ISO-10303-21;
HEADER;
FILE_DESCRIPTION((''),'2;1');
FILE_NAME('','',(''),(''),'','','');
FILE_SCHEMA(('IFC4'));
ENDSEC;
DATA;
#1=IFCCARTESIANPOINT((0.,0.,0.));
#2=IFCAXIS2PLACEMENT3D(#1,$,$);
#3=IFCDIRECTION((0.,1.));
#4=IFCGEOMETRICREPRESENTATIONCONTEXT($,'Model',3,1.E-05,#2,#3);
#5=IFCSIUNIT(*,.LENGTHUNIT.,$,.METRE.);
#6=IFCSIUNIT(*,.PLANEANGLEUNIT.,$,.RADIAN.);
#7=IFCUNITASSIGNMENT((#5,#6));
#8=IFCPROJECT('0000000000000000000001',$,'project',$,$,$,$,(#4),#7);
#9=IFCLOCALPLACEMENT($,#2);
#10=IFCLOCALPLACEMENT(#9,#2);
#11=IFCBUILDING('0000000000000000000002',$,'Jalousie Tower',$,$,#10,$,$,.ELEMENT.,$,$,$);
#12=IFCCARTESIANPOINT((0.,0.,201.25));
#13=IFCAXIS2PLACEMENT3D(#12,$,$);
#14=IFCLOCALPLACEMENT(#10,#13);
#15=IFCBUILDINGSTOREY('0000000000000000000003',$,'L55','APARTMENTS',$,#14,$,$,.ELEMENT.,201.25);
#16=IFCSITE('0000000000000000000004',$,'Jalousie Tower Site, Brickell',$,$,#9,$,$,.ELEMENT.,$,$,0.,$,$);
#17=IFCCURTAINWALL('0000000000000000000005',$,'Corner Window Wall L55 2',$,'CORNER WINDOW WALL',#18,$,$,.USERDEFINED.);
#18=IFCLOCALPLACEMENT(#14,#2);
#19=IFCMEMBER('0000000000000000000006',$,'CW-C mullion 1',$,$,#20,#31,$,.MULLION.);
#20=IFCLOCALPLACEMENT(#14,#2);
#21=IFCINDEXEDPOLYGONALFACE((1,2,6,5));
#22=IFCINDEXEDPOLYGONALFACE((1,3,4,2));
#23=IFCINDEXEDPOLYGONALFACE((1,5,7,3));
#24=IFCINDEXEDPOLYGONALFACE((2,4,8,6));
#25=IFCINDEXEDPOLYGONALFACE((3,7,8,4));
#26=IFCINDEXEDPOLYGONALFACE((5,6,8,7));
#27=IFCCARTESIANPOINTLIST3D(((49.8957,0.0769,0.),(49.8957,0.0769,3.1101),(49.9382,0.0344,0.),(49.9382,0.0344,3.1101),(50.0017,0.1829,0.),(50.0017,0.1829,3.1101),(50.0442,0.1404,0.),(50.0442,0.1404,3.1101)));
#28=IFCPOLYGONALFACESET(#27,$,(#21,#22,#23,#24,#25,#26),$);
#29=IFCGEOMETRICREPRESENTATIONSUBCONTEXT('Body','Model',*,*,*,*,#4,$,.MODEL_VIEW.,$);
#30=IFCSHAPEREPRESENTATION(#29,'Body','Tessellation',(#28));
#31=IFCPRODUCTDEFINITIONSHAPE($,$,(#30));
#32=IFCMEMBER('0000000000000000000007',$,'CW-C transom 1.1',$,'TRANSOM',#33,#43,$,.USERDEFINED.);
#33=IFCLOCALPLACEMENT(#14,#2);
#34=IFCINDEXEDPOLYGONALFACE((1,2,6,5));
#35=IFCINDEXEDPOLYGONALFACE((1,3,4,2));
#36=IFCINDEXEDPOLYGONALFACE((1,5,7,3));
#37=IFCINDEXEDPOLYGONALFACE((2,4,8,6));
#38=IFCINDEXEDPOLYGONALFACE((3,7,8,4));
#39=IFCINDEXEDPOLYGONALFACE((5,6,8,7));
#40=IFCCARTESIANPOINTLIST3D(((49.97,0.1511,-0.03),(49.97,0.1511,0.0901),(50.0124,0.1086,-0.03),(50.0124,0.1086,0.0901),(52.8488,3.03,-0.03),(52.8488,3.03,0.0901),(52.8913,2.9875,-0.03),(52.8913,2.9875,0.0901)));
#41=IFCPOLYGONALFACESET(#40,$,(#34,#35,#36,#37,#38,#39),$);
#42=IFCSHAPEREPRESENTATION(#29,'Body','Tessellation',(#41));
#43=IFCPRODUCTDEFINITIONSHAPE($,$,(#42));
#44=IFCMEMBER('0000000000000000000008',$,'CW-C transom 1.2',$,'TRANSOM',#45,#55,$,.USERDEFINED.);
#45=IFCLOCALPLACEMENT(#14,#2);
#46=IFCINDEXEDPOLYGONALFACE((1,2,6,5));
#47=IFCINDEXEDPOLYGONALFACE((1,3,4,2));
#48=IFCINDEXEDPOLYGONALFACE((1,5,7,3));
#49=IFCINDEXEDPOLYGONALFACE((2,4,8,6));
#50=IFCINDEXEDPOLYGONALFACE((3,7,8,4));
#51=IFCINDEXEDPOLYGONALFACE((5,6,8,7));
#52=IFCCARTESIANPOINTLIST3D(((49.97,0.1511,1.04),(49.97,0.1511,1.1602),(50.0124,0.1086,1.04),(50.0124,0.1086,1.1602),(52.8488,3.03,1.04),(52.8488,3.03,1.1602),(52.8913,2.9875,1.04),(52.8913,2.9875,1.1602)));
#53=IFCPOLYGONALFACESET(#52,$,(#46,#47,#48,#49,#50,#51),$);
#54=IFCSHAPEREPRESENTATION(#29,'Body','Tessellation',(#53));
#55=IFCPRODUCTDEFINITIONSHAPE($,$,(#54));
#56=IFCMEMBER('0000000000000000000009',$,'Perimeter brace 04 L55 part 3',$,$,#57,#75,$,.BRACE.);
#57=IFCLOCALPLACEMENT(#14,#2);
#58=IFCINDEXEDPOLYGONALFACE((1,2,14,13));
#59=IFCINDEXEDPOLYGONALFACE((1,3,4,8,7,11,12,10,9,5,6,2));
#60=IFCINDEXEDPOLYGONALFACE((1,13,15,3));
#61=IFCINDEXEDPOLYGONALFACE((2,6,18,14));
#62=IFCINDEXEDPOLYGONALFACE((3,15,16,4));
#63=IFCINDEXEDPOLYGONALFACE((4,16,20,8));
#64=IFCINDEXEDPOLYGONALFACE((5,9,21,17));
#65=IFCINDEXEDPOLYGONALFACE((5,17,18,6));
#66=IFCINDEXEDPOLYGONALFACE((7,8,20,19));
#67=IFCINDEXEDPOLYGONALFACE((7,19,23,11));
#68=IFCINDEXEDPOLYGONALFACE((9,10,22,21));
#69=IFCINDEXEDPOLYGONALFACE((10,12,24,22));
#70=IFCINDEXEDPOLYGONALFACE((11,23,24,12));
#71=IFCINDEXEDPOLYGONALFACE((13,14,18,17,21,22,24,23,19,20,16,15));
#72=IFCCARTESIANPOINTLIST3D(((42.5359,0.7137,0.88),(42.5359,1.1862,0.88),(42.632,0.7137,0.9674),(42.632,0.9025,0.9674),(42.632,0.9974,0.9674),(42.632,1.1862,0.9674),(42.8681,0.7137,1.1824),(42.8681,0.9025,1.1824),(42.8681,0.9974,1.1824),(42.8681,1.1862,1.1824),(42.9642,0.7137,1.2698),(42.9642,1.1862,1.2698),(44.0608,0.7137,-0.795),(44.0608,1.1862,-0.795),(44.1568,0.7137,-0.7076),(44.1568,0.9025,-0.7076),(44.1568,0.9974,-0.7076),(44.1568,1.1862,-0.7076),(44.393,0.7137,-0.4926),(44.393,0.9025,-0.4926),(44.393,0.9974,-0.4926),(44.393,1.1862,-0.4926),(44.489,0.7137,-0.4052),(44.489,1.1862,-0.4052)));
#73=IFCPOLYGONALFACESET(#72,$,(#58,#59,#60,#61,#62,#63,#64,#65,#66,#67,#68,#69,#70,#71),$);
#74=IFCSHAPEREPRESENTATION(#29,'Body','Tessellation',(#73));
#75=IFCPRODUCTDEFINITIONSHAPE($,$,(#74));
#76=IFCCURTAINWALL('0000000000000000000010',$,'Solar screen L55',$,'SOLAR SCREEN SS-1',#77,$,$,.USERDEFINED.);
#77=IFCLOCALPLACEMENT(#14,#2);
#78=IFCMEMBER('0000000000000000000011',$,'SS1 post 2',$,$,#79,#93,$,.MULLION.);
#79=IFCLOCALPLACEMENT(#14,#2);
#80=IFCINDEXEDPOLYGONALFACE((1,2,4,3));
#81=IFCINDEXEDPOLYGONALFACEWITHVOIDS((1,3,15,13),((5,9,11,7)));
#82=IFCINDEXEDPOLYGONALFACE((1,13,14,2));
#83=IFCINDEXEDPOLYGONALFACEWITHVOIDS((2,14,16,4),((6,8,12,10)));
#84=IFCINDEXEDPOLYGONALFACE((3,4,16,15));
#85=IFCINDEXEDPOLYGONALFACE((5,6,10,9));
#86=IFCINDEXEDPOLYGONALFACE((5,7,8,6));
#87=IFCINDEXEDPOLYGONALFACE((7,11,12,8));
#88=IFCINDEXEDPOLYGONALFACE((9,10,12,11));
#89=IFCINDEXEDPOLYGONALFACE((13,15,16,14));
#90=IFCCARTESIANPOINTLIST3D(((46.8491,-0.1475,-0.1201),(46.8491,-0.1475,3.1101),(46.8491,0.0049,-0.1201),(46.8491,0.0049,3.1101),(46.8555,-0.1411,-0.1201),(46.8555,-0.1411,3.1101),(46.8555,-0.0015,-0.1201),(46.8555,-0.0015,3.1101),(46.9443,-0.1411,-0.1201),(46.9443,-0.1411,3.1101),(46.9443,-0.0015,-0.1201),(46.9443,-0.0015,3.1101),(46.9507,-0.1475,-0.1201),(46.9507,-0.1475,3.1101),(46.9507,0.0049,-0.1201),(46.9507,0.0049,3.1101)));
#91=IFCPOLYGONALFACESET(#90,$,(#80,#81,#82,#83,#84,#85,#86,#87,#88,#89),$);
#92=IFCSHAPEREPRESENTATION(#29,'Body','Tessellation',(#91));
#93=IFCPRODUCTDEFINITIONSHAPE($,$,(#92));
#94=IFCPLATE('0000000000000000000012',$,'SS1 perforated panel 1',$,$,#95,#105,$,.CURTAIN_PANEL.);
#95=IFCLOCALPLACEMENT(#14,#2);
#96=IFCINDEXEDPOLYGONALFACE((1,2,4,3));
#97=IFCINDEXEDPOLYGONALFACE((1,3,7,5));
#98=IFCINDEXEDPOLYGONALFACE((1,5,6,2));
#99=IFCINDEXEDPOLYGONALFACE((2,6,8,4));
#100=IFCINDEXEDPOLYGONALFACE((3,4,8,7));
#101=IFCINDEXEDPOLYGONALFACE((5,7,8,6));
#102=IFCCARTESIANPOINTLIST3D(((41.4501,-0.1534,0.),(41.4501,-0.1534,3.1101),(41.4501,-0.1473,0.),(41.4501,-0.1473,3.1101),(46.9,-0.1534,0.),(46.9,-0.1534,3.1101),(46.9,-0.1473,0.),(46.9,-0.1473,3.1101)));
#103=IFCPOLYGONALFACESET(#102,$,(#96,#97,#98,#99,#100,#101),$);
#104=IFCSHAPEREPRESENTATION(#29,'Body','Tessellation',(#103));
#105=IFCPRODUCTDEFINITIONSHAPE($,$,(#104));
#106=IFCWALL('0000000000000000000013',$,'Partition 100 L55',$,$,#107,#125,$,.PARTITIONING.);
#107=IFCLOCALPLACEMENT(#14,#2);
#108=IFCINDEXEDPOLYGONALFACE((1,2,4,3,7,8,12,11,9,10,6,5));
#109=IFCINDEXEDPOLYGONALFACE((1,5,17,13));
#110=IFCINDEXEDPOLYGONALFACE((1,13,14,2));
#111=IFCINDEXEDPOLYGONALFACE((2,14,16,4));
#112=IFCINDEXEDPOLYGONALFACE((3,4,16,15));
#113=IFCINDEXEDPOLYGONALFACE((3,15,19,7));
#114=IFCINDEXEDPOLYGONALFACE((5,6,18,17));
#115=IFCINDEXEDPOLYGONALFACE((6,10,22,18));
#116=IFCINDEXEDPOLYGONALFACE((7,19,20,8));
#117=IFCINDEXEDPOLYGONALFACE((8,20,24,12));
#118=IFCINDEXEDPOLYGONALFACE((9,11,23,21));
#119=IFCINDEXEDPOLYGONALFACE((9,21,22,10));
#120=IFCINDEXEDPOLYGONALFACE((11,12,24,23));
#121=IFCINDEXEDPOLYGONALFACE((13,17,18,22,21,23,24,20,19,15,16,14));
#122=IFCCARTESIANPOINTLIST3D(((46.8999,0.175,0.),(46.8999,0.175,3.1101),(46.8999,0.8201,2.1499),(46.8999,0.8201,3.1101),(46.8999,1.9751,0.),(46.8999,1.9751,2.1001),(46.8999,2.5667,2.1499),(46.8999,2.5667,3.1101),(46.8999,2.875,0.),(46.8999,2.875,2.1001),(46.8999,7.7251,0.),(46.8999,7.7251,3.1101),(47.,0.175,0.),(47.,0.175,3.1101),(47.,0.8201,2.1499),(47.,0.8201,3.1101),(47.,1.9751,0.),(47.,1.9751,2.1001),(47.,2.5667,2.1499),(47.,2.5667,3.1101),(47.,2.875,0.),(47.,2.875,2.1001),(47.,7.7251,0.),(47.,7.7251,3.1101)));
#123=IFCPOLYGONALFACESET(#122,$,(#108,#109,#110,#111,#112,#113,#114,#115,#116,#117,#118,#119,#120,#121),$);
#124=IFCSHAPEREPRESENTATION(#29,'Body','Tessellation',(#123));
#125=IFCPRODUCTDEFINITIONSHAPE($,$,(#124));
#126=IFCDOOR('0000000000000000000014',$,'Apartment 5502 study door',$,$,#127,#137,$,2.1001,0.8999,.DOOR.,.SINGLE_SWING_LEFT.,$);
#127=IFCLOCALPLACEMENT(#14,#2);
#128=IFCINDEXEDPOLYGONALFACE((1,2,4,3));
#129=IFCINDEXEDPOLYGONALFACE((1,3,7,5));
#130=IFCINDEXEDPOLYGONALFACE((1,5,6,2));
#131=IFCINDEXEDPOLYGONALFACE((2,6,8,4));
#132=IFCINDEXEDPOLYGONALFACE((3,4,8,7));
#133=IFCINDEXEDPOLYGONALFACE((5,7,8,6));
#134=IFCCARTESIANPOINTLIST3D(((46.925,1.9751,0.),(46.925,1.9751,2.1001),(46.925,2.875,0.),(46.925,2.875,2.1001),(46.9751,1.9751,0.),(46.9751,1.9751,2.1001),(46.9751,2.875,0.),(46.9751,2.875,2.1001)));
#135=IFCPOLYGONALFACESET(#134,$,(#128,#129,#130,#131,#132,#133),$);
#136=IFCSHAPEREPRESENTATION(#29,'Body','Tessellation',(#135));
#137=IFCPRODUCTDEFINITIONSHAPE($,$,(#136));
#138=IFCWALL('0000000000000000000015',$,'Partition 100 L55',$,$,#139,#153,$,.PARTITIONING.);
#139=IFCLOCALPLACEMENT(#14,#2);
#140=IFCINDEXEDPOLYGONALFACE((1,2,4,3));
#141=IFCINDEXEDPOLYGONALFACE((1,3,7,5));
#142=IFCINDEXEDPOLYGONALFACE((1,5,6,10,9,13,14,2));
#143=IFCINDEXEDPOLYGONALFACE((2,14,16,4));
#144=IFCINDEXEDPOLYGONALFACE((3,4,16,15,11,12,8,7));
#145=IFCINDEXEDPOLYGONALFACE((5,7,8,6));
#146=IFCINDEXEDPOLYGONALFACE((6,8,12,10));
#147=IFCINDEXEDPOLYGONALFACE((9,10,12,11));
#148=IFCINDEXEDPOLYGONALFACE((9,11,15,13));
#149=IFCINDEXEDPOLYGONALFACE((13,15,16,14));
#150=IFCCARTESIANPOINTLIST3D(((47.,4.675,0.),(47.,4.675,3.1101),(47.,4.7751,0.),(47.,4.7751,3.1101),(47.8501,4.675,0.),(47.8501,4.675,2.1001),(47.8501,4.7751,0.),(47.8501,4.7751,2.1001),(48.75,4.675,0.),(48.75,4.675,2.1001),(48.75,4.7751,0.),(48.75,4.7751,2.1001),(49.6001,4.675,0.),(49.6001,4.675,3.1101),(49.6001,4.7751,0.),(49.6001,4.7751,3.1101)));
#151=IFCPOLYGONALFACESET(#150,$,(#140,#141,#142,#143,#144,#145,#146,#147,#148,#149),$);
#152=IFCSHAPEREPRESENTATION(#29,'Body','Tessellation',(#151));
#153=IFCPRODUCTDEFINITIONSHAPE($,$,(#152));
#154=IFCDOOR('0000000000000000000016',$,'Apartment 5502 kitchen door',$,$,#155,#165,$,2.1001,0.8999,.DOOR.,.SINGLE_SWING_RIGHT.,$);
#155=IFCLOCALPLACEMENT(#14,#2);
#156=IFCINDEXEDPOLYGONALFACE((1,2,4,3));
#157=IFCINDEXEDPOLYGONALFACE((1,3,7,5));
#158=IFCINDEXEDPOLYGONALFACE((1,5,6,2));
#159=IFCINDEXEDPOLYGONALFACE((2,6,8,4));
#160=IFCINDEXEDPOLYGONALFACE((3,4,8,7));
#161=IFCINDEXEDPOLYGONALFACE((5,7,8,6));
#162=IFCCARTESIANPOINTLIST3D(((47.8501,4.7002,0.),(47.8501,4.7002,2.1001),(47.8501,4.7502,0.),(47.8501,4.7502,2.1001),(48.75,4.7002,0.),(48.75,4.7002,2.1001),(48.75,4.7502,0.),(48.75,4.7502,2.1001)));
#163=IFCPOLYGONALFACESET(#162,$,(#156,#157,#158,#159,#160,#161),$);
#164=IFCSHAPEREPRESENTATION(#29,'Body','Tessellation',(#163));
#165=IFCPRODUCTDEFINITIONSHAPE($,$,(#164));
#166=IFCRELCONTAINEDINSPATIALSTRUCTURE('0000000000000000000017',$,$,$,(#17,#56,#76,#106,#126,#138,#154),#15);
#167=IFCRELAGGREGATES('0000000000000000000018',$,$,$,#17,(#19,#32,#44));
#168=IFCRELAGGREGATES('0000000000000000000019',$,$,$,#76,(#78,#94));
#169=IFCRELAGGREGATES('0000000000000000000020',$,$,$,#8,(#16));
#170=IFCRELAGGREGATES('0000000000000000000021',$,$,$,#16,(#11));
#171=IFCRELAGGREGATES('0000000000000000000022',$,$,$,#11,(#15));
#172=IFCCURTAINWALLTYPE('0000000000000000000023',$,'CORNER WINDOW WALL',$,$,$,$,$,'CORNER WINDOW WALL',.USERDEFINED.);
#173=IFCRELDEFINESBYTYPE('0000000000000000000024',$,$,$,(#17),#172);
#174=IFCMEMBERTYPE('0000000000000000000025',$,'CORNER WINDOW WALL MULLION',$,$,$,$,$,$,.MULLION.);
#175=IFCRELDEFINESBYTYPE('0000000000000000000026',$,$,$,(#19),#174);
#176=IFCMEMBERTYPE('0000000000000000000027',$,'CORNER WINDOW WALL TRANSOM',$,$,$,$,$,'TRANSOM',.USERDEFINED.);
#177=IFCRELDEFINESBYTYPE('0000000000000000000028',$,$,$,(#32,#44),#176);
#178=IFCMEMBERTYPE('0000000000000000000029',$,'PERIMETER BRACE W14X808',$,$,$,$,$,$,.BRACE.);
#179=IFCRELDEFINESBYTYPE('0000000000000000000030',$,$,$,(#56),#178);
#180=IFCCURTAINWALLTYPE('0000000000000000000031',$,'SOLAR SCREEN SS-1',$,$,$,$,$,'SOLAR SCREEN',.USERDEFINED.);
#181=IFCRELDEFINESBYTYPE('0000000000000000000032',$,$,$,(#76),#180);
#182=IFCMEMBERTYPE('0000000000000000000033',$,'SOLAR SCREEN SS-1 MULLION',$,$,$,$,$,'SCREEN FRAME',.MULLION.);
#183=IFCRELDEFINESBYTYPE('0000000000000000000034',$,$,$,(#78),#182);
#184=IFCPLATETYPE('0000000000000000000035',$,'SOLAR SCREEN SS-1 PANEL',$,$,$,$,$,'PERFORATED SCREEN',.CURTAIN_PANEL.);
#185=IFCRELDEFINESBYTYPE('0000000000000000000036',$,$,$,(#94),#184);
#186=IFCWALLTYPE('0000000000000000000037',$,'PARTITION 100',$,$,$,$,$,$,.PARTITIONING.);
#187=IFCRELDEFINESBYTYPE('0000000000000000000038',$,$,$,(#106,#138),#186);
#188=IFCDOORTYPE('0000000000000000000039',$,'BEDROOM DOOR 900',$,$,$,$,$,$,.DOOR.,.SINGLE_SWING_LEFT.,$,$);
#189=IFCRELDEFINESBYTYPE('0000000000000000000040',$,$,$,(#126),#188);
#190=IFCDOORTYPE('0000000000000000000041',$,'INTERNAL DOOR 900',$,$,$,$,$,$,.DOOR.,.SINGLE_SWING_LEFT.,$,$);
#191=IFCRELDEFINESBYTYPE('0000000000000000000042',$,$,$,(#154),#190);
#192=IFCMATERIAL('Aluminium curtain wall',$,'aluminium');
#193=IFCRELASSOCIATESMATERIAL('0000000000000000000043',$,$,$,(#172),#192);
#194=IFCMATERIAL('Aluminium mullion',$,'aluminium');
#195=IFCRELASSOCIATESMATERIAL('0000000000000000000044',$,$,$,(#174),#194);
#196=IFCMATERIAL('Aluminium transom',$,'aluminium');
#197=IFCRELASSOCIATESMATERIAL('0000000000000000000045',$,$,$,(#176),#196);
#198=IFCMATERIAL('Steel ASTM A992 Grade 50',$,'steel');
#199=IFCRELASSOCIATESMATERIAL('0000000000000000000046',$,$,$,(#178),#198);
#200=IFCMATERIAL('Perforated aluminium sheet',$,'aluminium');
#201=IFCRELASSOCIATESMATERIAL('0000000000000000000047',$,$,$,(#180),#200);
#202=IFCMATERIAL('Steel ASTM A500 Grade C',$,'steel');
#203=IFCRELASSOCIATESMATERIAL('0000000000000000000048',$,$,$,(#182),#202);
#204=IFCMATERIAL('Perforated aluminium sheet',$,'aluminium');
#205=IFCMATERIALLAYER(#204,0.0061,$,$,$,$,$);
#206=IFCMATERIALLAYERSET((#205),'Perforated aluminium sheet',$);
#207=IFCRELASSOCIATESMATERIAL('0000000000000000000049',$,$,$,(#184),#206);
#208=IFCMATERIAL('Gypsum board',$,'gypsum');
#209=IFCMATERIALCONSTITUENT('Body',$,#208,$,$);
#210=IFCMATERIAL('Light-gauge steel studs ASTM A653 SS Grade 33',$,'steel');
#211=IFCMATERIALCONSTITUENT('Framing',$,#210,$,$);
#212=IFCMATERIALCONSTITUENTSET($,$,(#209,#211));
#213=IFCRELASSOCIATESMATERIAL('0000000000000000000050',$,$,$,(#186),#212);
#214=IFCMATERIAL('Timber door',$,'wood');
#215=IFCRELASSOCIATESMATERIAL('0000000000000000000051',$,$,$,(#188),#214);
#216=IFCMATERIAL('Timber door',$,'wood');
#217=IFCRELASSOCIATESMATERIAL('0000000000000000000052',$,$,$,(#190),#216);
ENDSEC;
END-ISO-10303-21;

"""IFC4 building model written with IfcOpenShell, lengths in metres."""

from ifc_helpers import new_model, si_unit, direction, frame, frame_2d, origin, origin_2d, place, context, subcontext, project, spatial, polyline, rectangle, hollow_rectangle, i_section, outline, extrude, material, layer, layer_set, constituent, constituent_set, material_profile, profile_set, type_object, element, fill, aggregate, save


model = new_model("IFC4")

# Units and contexts
model_context = context("Model", 3, precision=1e-05, world=origin(), true_north=direction((0.0, 1.0)))
body_context = subcontext(model_context, "Body", "Model", "MODEL_VIEW")
ifc_project = project(units=[si_unit("LENGTHUNIT", "METRE"), si_unit("PLANEANGLEUNIT", "RADIAN")], contexts=[model_context])

# Site, building, storey
site_placement = place(None, origin())
site = spatial("IfcSite", under=ifc_project, at=site_placement, Name="Jalousie Tower Site, Brickell", CompositionType="ELEMENT", RefElevation=0.0)
building_placement = place(site_placement, origin())
building = spatial("IfcBuilding", under=site, at=building_placement, Name="Jalousie Tower", CompositionType="ELEMENT")
storey_placement = place(building_placement, frame((0.0, 0.0, 201.25)))
storey = spatial("IfcBuildingStorey", under=building, at=storey_placement, Name="L55", Description="APARTMENTS", CompositionType="ELEMENT", Elevation=201.25)

# Curtain wall, members
ifc_material_1 = material(Name="Aluminium curtain wall", Category="aluminium")
curtain_wall_type_1 = type_object("IfcCurtainWallType", Name="CORNER WINDOW WALL", ElementType="CORNER WINDOW WALL", PredefinedType="USERDEFINED", material=ifc_material_1)
curtain_wall_1_placement = place(storey_placement, origin())
curtain_wall_1 = element("IfcCurtainWall", 1, at=curtain_wall_1_placement, inside=storey, type_object=curtain_wall_type_1, Name="Corner Window Wall L55 2", ObjectType="CORNER WINDOW WALL", PredefinedType="USERDEFINED")
ifc_material_2 = material(Name="Aluminium mullion", Category="aluminium")
ifc_material_profile_1 = material_profile(ifc_material_2, rectangle(XDim=0.0601, YDim=0.1499, at=origin_2d()), Name="MULLION 60x150")
ifc_profile_set_1 = profile_set([ifc_material_profile_1], Name="Aluminium mullion")
member_type_1 = type_object("IfcMemberType", Name="CORNER WINDOW WALL MULLION", PredefinedType="MULLION", material=ifc_profile_set_1)
member_1_placement = place(storey_placement, frame((49.97, 0.1086, 0.0), z_axis=(0.0, 0.0, 1.0), x_axis=(-0.707107, 0.707107, 0.0)))
member_1 = element("IfcMember", 2, at=member_1_placement, type_object=member_type_1, Name="CW-C mullion 1", PredefinedType="MULLION", context=body_context, shape_type="SweptSolid", body=[
    extrude(rectangle(XDim=0.0601, YDim=0.1499, at=origin_2d()), origin(), (0.0, 0.0, 1.0), 3.1101),
])
ifc_material_3 = material(Name="Aluminium transom", Category="aluminium")
ifc_material_profile_2 = material_profile(ifc_material_3, rectangle(XDim=0.0601, YDim=0.1201, at=origin_2d()), Name="TRANSOM 60x120")
ifc_profile_set_2 = profile_set([ifc_material_profile_2], Name="Aluminium transom")
member_type_2 = type_object("IfcMemberType", Name="CORNER WINDOW WALL TRANSOM", ElementType="TRANSOM", PredefinedType="USERDEFINED", material=ifc_profile_set_2)
member_2_placement = place(storey_placement, frame((49.9912, 0.1299, 0.03), z_axis=(0.707107, 0.707107, 0.0), x_axis=(-0.707107, 0.707107, 0.0)))
member_2 = element("IfcMember", 3, at=member_2_placement, type_object=member_type_2, Name="CW-C transom 1.1", ObjectType="TRANSOM", PredefinedType="USERDEFINED", context=body_context, shape_type="SweptSolid", body=[
    extrude(rectangle(XDim=0.0601, YDim=0.1201, at=origin_2d()), origin(), (0.0, 0.0, 1.0), 4.0713),
])
member_3_placement = place(storey_placement, frame((49.9912, 0.1299, 1.1001), z_axis=(0.707107, 0.707107, 0.0), x_axis=(-0.707107, 0.707107, 0.0)))
member_3 = element("IfcMember", 4, at=member_3_placement, type_object=member_type_2, Name="CW-C transom 1.2", ObjectType="TRANSOM", PredefinedType="USERDEFINED", context=body_context, shape_type="SweptSolid", body=[
    extrude(rectangle(XDim=0.0601, YDim=0.1201, at=origin_2d()), origin(), (0.0, 0.0, 1.0), 4.0713),
])
aggregate(curtain_wall_1, [member_1, member_2, member_3])

# Member
ifc_material_4 = material(Name="Steel ASTM A992 Grade 50", Category="steel")
ifc_material_profile_3 = material_profile(ifc_material_4, i_section(OverallWidth=0.4724, OverallDepth=0.5791, WebThickness=0.095, FlangeThickness=0.1299, at=origin_2d()), Name="W14X808")
ifc_profile_set_3 = profile_set([ifc_material_profile_3], Name="Steel ASTM A992 Grade 50")
member_type_3 = type_object("IfcMemberType", Name="PERIMETER BRACE W14X808", PredefinedType="BRACE", material=ifc_profile_set_3)
member_4_placement = place(storey_placement, frame((44.2749, 0.95, -0.6001), z_axis=(-0.673188, 0.0, 0.739472), x_axis=(0.0, -1.0, 0.0)))
element("IfcMember", 5, at=member_4_placement, inside=storey, type_object=member_type_3, Name="Perimeter brace 04 L55 part 3", PredefinedType="BRACE", context=body_context, shape_type="SweptSolid", body=[
    extrude(i_section(OverallWidth=0.4724, OverallDepth=0.5791, WebThickness=0.095, FlangeThickness=0.1299, at=origin_2d()), origin(), (0.0, 0.0, 1.0), 2.2651),
])

# Curtain wall, member, plate
ifc_material_5 = material(Name="Perforated aluminium sheet", Category="aluminium")
curtain_wall_type_2 = type_object("IfcCurtainWallType", Name="SOLAR SCREEN SS-1", ElementType="SOLAR SCREEN", PredefinedType="USERDEFINED", material=ifc_material_5)
curtain_wall_2_placement = place(storey_placement, origin())
curtain_wall_2 = element("IfcCurtainWall", 6, at=curtain_wall_2_placement, inside=storey, type_object=curtain_wall_type_2, Name="Solar screen L55", ObjectType="SOLAR SCREEN SS-1", PredefinedType="USERDEFINED")
ifc_material_6 = material(Name="Steel ASTM A500 Grade C", Category="steel")
ifc_material_profile_4 = material_profile(ifc_material_6, hollow_rectangle(XDim=0.1016, YDim=0.1523, WallThickness=0.0063, at=origin_2d()), Name="HSS6X4X1/4")
ifc_profile_set_4 = profile_set([ifc_material_profile_4], Name="Steel ASTM A500 Grade C")
member_type_4 = type_object("IfcMemberType", Name="SOLAR SCREEN SS-1 MULLION", ElementType="SCREEN FRAME", PredefinedType="MULLION", material=ifc_profile_set_4)
member_5_placement = place(storey_placement, frame((46.8999, -0.0713, -0.1201), z_axis=(0.0, 0.0, 1.0), x_axis=(1.0, 0.0, 0.0)))
member_5 = element("IfcMember", 7, at=member_5_placement, type_object=member_type_4, Name="SS1 post 2", PredefinedType="MULLION", context=body_context, shape_type="SweptSolid", body=[
    extrude(hollow_rectangle(XDim=0.1016, YDim=0.1523, WallThickness=0.0063, at=origin_2d()), origin(), (0.0, 0.0, 1.0), 3.2302),
])
ifc_material_7 = material(Name="Perforated aluminium sheet", Category="aluminium")
ifc_layer = layer(ifc_material_7, 0.0061)
ifc_layer_set = layer_set([ifc_layer], Name="Perforated aluminium sheet")
plate_type = type_object("IfcPlateType", Name="SOLAR SCREEN SS-1 PANEL", ElementType="PERFORATED SCREEN", PredefinedType="CURTAIN_PANEL", material=ifc_layer_set)
plate_placement = place(storey_placement, frame((44.175, -0.1504, 0.0), z_axis=(0.0, 0.0, 1.0), x_axis=(1.0, 0.0, 0.0)))
plate = element("IfcPlate", 8, at=plate_placement, type_object=plate_type, Name="SS1 perforated panel 1", PredefinedType="CURTAIN_PANEL", context=body_context, shape_type="SweptSolid", body=[
    extrude(rectangle(XDim=5.45, YDim=0.0061, at=origin_2d()), origin(), (0.0, 0.0, 1.0), 3.1101),
])
aggregate(curtain_wall_2, [member_5, plate])

# Walls, openings, doors
ifc_material_8 = material(Name="Gypsum board", Category="gypsum")
ifc_constituent_1 = constituent(ifc_material_8, Name="Body")
ifc_material_9 = material(Name="Light-gauge steel studs ASTM A653 SS Grade 33", Category="steel")
ifc_constituent_2 = constituent(ifc_material_9, Name="Framing")
ifc_constituent_set = constituent_set(constituents=[ifc_constituent_1, ifc_constituent_2])
wall_type = type_object("IfcWallType", Name="PARTITION 100", PredefinedType="PARTITIONING", material=ifc_constituent_set)
wall_1_placement = place(storey_placement, frame((46.95, 0.175, 0.0), z_axis=(0.0, 0.0, 1.0), x_axis=(0.0, 1.0, 0.0)))
wall_1 = element("IfcWall", 9, at=wall_1_placement, inside=storey, type_object=wall_type, Name="Partition 100 L55", PredefinedType="PARTITIONING", context=body_context, shape_type="SweptSolid", body=[
    extrude(outline(polyline([(0.0, 0.0), (7.55, 0.0), (7.55, 3.1101), (2.3916, 3.1101), (2.3916, 2.1499), (0.645, 2.1499), (0.645, 3.1101), (0.0, 3.1101), (0.0, 0.0)])), frame((0.0, 0.05, 0.0), z_axis=(0.0, -1.0, 0.0), x_axis=(1.0, 0.0, 0.0)), (0.0, 0.0, 1.0), 0.1001),
])
opening_1_placement = place(wall_1_placement, frame((1.8, 0.0, 0.0)))
opening_1 = element("IfcOpeningElement", 10, at=opening_1_placement, cuts=wall_1, PredefinedType="OPENING", context=body_context, shape_type="SweptSolid", body=[
    extrude(rectangle(XDim=0.8999, YDim=2.1001, at=frame_2d((0.45, 1.05))), frame((0.0, 0.0601, 0.0), z_axis=(0.0, -1.0, 0.0), x_axis=(1.0, 0.0, 0.0)), (0.0, 0.0, 1.0), 0.1201),
])
ifc_material_10 = material(Name="Timber door", Category="wood")
door_type_1 = type_object("IfcDoorType", Name="BEDROOM DOOR 900", OperationType="SINGLE_SWING_LEFT", PredefinedType="DOOR", material=ifc_material_10)
door_1_placement = place(opening_1_placement, origin())
door_1 = element("IfcDoor", 11, at=door_1_placement, inside=storey, type_object=door_type_1, Name="Apartment 5502 study door", OperationType="SINGLE_SWING_LEFT", OverallHeight=2.1001, OverallWidth=0.8999, PredefinedType="DOOR", context=body_context, shape_type="SweptSolid", body=[
    extrude(rectangle(XDim=0.8999, YDim=2.1001, at=frame_2d((0.45, 1.05))), frame((0.0, 0.0249, 0.0), z_axis=(0.0, -1.0, 0.0), x_axis=(1.0, 0.0, 0.0)), (0.0, 0.0, 1.0), 0.05),
])
fill(opening_1, door_1)
wall_2_placement = place(storey_placement, frame((47.0, 4.7251, 0.0), z_axis=(0.0, 0.0, 1.0), x_axis=(1.0, 0.0, 0.0)))
wall_2 = element("IfcWall", 12, at=wall_2_placement, inside=storey, type_object=wall_type, Name="Partition 100 L55", PredefinedType="PARTITIONING", context=body_context, shape_type="SweptSolid", body=[
    extrude(rectangle(XDim=2.6001, YDim=0.1001, at=frame_2d((1.3, 0.0))), origin(), (0.0, 0.0, 1.0), 3.1101),
])
opening_2_placement = place(wall_2_placement, frame((0.8501, 0.0, 0.0)))
opening_2 = element("IfcOpeningElement", 13, at=opening_2_placement, cuts=wall_2, PredefinedType="OPENING", context=body_context, shape_type="SweptSolid", body=[
    extrude(rectangle(XDim=0.8999, YDim=2.1001, at=frame_2d((0.45, 1.05))), frame((0.0, 0.0601, 0.0), z_axis=(0.0, -1.0, 0.0), x_axis=(1.0, 0.0, 0.0)), (0.0, 0.0, 1.0), 0.1201),
])
ifc_material_11 = material(Name="Timber door", Category="wood")
door_type_2 = type_object("IfcDoorType", Name="INTERNAL DOOR 900", OperationType="SINGLE_SWING_LEFT", PredefinedType="DOOR", material=ifc_material_11)
door_2_placement = place(opening_2_placement, frame((0.8999, 0.0, 0.0), z_axis=(0.0, 0.0, 1.0), x_axis=(-1.0, 0.0, 0.0)))
door_2 = element("IfcDoor", 14, at=door_2_placement, inside=storey, type_object=door_type_2, Name="Apartment 5502 kitchen door", OperationType="SINGLE_SWING_RIGHT", OverallHeight=2.1001, OverallWidth=0.8999, PredefinedType="DOOR", context=body_context, shape_type="SweptSolid", body=[
    extrude(rectangle(XDim=0.8999, YDim=2.1001, at=frame_2d((0.45, 1.05))), frame((0.0, 0.0249, 0.0), z_axis=(0.0, -1.0, 0.0), x_axis=(1.0, 0.0, 0.0)), (0.0, 0.0, 1.0), 0.05),
])
fill(opening_2, door_2)

save(model, "model.ifc")
